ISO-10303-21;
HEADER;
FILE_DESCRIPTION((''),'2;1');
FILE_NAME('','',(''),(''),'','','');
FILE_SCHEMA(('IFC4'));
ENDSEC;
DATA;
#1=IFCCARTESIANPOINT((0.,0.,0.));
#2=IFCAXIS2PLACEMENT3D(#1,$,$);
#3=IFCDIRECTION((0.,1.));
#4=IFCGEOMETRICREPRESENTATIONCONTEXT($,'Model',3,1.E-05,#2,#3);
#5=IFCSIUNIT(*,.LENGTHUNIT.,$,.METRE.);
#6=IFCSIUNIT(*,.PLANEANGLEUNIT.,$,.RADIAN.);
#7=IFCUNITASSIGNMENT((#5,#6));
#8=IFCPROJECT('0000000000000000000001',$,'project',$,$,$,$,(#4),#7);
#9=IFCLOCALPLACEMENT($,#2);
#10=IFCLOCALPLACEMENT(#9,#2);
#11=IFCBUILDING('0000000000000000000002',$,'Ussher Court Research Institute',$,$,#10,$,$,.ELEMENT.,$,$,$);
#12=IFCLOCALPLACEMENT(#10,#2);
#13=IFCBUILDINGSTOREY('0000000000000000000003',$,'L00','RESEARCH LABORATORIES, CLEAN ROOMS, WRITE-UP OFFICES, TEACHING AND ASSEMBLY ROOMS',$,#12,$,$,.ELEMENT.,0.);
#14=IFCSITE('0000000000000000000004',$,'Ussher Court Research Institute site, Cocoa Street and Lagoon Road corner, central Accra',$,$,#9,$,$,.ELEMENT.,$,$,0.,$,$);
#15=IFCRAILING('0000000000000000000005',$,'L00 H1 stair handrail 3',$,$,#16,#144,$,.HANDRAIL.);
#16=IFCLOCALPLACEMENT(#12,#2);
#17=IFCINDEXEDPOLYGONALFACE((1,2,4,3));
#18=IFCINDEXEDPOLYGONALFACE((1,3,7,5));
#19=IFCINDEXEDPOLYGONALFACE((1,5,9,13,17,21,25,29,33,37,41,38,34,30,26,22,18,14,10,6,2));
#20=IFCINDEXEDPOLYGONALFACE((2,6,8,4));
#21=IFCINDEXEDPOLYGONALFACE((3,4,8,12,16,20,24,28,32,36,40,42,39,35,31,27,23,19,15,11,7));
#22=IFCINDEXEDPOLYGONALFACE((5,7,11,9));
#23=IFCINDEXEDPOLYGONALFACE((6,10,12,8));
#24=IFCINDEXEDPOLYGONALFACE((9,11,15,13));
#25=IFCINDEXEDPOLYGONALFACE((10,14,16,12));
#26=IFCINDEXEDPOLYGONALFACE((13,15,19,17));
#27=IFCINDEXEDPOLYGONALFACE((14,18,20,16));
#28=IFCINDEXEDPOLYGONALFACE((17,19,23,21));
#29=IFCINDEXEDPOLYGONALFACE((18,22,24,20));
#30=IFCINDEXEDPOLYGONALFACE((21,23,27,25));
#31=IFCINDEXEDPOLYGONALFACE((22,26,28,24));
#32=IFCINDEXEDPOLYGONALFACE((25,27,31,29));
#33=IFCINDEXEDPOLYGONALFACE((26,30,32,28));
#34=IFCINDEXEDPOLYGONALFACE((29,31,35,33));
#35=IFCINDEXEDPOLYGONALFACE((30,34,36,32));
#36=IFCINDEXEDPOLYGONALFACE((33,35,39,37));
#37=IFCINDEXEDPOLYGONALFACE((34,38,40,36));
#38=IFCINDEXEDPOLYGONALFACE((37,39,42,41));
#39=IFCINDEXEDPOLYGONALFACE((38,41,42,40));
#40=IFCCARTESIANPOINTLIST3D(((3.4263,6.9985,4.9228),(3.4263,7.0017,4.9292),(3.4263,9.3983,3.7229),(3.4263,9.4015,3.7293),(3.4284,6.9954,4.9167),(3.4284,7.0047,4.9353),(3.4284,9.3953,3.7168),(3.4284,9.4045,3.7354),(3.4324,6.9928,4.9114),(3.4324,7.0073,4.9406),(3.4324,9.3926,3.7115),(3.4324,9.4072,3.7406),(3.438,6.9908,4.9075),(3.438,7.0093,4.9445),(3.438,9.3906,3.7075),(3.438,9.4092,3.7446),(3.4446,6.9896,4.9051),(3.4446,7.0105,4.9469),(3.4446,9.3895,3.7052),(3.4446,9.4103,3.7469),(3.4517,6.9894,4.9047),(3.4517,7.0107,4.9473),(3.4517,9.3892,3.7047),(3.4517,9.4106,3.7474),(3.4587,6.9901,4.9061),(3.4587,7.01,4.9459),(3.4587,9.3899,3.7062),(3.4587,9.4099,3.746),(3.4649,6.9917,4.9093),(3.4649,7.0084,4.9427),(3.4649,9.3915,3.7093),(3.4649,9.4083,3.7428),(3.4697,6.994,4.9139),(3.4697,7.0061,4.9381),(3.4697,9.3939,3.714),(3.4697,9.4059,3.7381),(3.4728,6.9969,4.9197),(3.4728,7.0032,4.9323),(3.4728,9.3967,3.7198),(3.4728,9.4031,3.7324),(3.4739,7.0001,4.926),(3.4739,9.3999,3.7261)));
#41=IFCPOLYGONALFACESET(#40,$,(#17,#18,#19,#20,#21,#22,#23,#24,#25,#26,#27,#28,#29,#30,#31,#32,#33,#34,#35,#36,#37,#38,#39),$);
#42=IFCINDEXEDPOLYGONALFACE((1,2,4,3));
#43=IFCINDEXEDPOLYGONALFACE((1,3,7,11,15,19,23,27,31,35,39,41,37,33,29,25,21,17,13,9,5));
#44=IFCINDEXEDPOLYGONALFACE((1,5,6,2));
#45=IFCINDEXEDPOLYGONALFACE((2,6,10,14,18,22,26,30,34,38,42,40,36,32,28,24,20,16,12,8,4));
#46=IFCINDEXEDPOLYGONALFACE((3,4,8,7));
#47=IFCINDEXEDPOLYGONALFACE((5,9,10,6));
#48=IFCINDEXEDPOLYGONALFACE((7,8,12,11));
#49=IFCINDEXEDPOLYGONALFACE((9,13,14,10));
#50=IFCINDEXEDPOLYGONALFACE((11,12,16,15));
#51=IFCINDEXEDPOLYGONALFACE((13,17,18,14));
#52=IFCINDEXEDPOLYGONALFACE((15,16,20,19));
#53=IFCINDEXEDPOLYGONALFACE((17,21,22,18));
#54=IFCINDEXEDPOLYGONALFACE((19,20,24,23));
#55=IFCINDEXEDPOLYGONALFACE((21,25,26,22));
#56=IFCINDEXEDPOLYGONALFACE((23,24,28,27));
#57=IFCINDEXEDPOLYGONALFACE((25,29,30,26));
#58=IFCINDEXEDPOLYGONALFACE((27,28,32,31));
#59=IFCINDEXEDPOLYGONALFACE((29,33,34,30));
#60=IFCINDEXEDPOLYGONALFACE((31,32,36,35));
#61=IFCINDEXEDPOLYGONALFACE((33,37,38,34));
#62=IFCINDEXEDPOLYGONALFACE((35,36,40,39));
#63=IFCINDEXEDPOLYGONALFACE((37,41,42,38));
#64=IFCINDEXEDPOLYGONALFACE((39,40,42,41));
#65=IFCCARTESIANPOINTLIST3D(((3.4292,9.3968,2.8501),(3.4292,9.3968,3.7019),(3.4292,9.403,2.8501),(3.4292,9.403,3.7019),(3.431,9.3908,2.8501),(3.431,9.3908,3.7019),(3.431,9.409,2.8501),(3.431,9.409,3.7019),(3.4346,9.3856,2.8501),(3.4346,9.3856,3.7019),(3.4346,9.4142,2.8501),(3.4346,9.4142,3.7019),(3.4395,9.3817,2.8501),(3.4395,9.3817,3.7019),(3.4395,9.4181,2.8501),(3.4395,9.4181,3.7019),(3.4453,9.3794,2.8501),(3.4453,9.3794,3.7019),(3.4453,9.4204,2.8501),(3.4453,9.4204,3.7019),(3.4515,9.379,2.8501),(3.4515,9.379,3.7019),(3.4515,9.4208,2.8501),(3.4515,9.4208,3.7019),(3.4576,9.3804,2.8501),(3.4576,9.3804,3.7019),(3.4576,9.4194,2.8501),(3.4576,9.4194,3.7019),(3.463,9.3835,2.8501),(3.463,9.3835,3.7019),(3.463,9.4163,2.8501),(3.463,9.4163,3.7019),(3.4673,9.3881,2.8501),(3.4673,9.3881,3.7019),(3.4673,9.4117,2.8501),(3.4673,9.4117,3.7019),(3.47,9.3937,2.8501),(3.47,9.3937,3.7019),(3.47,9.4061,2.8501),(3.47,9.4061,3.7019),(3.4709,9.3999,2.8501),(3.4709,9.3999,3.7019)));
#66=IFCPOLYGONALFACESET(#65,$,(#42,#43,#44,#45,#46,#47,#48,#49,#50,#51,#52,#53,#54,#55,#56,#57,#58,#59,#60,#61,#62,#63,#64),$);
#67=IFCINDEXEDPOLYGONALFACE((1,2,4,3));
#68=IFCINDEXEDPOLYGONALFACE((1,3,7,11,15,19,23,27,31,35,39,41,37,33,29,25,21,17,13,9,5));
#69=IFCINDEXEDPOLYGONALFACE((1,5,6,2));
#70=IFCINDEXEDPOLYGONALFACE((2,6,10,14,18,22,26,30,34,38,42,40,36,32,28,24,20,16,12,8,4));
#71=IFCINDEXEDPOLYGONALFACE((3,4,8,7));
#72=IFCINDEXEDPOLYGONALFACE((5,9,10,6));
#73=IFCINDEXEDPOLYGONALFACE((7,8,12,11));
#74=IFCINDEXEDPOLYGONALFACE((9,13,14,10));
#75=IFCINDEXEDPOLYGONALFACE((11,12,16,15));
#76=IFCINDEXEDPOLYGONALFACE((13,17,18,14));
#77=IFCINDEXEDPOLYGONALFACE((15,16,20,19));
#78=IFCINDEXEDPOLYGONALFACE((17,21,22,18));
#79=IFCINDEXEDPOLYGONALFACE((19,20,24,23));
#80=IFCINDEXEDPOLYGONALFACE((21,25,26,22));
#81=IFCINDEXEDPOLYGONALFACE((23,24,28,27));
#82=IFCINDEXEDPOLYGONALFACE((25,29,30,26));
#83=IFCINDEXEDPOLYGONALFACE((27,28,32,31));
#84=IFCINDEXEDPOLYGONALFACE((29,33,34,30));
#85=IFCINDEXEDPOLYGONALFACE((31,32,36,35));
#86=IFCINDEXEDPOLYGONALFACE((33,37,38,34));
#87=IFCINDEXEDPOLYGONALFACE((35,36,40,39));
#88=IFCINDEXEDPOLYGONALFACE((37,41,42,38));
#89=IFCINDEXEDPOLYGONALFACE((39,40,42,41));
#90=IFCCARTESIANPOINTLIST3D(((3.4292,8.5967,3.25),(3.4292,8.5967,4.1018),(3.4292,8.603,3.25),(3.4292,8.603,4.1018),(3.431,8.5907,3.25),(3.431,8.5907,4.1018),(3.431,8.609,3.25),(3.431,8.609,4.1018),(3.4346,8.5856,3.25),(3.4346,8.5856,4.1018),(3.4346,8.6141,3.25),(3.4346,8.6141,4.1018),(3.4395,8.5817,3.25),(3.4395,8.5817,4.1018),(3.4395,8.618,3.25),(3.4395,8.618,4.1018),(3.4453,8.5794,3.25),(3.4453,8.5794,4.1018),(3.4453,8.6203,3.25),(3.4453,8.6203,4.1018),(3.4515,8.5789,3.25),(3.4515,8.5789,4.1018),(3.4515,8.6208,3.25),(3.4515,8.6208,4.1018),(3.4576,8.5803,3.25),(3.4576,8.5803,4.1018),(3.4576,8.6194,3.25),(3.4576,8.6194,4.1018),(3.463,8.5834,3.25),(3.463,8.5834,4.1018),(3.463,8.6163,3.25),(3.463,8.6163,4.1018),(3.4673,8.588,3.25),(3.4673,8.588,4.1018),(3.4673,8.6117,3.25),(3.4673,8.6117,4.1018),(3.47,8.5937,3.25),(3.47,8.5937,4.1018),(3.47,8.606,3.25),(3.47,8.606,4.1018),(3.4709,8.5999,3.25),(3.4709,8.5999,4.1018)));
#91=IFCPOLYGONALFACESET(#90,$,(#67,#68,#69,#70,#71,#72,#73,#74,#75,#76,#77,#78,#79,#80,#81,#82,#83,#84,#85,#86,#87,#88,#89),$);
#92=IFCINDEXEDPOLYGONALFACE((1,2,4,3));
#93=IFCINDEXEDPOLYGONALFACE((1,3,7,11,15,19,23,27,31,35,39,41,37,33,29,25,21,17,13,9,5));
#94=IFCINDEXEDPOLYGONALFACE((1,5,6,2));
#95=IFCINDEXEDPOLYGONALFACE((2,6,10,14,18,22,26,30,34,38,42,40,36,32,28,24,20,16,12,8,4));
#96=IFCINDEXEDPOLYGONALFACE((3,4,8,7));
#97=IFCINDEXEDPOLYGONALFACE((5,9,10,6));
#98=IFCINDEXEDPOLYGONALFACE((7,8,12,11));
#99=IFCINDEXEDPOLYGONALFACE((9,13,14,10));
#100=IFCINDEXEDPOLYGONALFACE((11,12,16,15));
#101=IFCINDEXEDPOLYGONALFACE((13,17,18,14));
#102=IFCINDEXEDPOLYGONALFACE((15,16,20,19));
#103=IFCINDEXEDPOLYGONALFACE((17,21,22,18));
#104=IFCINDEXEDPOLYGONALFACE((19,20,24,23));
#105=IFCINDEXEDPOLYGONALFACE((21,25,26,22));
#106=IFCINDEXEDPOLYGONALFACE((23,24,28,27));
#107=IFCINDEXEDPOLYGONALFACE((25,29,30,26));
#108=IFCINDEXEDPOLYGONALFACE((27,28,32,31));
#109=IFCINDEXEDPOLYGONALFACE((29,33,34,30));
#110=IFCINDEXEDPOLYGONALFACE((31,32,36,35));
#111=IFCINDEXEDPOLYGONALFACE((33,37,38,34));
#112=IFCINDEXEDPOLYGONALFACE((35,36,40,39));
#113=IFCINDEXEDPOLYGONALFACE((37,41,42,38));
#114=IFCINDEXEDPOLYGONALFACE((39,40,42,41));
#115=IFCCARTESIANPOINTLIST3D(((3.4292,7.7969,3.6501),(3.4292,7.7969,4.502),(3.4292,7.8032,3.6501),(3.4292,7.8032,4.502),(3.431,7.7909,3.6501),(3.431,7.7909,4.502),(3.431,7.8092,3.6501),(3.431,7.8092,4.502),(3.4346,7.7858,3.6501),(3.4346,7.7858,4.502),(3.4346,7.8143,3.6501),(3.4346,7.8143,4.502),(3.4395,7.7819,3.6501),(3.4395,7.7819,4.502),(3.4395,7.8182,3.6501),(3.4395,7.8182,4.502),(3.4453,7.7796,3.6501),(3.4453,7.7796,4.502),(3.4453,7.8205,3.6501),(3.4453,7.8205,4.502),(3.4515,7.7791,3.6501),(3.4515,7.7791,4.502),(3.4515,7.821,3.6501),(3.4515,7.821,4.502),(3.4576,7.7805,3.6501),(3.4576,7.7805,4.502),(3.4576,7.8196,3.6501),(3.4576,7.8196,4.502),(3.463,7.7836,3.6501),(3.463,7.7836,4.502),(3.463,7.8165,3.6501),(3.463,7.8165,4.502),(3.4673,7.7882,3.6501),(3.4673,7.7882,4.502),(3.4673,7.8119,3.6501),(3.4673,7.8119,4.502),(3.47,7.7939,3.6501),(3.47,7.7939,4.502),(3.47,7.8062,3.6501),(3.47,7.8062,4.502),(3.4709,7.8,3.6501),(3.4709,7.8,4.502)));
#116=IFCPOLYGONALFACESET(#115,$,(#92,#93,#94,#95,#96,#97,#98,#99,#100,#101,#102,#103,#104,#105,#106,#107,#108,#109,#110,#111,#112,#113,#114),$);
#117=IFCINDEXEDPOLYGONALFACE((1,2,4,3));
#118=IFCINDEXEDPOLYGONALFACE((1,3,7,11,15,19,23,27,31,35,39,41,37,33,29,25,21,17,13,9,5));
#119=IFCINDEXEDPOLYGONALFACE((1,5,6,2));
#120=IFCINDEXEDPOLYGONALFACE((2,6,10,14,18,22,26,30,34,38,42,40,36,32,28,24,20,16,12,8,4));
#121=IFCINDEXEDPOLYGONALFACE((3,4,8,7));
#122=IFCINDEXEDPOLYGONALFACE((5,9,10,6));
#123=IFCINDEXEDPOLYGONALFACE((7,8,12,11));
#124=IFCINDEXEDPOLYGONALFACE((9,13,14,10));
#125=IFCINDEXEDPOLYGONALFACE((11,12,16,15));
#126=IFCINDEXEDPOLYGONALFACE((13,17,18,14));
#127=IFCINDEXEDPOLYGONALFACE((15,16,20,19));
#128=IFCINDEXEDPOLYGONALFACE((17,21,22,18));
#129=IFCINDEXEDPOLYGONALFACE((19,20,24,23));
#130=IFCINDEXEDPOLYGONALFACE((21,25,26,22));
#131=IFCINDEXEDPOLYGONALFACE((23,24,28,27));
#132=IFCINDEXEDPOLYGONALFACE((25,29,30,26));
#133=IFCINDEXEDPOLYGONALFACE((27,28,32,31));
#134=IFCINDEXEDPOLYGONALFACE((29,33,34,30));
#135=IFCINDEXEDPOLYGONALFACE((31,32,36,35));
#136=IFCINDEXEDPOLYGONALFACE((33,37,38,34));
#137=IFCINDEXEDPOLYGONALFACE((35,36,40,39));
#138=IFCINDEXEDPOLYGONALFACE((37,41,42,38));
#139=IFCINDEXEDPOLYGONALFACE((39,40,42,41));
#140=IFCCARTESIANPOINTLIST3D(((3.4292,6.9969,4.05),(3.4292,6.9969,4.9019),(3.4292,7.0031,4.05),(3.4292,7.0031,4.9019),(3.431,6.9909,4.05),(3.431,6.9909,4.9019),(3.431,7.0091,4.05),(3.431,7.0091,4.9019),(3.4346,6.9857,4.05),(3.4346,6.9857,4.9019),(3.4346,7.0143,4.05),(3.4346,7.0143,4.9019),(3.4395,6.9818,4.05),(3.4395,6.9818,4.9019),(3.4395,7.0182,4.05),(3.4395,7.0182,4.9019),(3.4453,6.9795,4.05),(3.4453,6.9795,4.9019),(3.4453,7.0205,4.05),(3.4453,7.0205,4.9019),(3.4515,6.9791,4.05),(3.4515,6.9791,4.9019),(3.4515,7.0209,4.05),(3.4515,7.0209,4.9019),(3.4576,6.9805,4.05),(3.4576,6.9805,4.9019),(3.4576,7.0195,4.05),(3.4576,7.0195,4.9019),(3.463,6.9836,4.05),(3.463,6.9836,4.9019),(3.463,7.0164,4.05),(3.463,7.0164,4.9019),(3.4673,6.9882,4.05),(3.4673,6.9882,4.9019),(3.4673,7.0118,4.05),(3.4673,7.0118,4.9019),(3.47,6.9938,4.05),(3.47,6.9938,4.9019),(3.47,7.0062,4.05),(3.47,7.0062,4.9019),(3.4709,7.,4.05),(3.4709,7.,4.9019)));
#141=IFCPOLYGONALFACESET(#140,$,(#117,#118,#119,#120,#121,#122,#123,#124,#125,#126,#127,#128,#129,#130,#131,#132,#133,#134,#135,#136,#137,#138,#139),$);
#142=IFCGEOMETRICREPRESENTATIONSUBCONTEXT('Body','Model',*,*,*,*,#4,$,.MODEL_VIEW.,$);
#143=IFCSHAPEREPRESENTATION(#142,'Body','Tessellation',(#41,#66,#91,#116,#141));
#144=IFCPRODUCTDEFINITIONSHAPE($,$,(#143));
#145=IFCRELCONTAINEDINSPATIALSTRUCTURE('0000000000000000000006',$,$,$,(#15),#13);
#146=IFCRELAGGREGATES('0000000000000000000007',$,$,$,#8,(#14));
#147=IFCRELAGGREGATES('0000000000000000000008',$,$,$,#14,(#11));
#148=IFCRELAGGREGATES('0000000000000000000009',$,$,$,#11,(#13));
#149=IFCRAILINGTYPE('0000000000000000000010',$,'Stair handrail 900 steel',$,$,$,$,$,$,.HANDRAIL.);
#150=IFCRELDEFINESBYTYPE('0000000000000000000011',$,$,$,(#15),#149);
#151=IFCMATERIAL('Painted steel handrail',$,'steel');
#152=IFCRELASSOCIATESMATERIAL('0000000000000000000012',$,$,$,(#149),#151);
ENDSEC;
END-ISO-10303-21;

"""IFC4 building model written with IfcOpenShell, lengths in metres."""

from ifc_helpers import new_model, si_unit, direction, frame, origin, origin_2d, place, context, subcontext, project, spatial, circle, extrude, material, type_object, element, save


model = new_model("IFC4")

# Units and contexts
model_context = context("Model", 3, precision=1e-05, world=origin(), true_north=direction((0.0, 1.0)))
body_context = subcontext(model_context, "Body", "Model", "MODEL_VIEW")
ifc_project = project(units=[si_unit("LENGTHUNIT", "METRE"), si_unit("PLANEANGLEUNIT", "RADIAN")], contexts=[model_context])

# Site, building, storey
site_placement = place(None, origin())
site = spatial("IfcSite", under=ifc_project, at=site_placement, Name="Ussher Court Research Institute site, Cocoa Street and Lagoon Road corner, central Accra", CompositionType="ELEMENT", RefElevation=0.0)
building_placement = place(site_placement, origin())
building = spatial("IfcBuilding", under=site, at=building_placement, Name="Ussher Court Research Institute", CompositionType="ELEMENT")
storey_placement = place(building_placement, origin())
storey = spatial("IfcBuildingStorey", under=building, at=storey_placement, Name="L00", Description="RESEARCH LABORATORIES, CLEAN ROOMS, WRITE-UP OFFICES, TEACHING AND ASSEMBLY ROOMS", CompositionType="ELEMENT", Elevation=0.0)

# Railing
ifc_material_1 = material(Name="Painted steel handrail", Category="steel")
railing_type_1 = type_object("IfcRailingType", Name="Stair handrail 900 steel", PredefinedType="HANDRAIL", material=ifc_material_1)
railing_1_placement = place(storey_placement, frame((3.45, 9.3999, 2.8501)))
element("IfcRailing", 1, at=railing_1_placement, inside=storey, type_object=railing_type_1, Name="L00 H1 stair handrail 3", PredefinedType="HANDRAIL", context=body_context, shape_type="SweptSolid", body=[
    extrude(circle(Radius=0.0239, at=origin_2d()), frame((0.0, 0.0, 0.876), z_axis=(0.0, -0.894427, 0.447214), x_axis=(1.0, 0.0, 0.0)), (0.0, 0.0, 1.0), 2.6831),
    extrude(circle(Radius=0.021, at=origin_2d()), origin(), (0.0, 0.0, 1.0), 0.8518),
    extrude(circle(Radius=0.021, at=origin_2d()), frame((0.0, -0.8, 0.3999)), (0.0, 0.0, 1.0), 0.8518),
    extrude(circle(Radius=0.021, at=origin_2d()), frame((0.0, -1.5999, 0.8)), (0.0, 0.0, 1.0), 0.8518),
    extrude(circle(Radius=0.021, at=origin_2d()), frame((0.0, -2.3999, 1.2)), (0.0, 0.0, 1.0), 0.8518),
])

save(model, "model.ifc")
